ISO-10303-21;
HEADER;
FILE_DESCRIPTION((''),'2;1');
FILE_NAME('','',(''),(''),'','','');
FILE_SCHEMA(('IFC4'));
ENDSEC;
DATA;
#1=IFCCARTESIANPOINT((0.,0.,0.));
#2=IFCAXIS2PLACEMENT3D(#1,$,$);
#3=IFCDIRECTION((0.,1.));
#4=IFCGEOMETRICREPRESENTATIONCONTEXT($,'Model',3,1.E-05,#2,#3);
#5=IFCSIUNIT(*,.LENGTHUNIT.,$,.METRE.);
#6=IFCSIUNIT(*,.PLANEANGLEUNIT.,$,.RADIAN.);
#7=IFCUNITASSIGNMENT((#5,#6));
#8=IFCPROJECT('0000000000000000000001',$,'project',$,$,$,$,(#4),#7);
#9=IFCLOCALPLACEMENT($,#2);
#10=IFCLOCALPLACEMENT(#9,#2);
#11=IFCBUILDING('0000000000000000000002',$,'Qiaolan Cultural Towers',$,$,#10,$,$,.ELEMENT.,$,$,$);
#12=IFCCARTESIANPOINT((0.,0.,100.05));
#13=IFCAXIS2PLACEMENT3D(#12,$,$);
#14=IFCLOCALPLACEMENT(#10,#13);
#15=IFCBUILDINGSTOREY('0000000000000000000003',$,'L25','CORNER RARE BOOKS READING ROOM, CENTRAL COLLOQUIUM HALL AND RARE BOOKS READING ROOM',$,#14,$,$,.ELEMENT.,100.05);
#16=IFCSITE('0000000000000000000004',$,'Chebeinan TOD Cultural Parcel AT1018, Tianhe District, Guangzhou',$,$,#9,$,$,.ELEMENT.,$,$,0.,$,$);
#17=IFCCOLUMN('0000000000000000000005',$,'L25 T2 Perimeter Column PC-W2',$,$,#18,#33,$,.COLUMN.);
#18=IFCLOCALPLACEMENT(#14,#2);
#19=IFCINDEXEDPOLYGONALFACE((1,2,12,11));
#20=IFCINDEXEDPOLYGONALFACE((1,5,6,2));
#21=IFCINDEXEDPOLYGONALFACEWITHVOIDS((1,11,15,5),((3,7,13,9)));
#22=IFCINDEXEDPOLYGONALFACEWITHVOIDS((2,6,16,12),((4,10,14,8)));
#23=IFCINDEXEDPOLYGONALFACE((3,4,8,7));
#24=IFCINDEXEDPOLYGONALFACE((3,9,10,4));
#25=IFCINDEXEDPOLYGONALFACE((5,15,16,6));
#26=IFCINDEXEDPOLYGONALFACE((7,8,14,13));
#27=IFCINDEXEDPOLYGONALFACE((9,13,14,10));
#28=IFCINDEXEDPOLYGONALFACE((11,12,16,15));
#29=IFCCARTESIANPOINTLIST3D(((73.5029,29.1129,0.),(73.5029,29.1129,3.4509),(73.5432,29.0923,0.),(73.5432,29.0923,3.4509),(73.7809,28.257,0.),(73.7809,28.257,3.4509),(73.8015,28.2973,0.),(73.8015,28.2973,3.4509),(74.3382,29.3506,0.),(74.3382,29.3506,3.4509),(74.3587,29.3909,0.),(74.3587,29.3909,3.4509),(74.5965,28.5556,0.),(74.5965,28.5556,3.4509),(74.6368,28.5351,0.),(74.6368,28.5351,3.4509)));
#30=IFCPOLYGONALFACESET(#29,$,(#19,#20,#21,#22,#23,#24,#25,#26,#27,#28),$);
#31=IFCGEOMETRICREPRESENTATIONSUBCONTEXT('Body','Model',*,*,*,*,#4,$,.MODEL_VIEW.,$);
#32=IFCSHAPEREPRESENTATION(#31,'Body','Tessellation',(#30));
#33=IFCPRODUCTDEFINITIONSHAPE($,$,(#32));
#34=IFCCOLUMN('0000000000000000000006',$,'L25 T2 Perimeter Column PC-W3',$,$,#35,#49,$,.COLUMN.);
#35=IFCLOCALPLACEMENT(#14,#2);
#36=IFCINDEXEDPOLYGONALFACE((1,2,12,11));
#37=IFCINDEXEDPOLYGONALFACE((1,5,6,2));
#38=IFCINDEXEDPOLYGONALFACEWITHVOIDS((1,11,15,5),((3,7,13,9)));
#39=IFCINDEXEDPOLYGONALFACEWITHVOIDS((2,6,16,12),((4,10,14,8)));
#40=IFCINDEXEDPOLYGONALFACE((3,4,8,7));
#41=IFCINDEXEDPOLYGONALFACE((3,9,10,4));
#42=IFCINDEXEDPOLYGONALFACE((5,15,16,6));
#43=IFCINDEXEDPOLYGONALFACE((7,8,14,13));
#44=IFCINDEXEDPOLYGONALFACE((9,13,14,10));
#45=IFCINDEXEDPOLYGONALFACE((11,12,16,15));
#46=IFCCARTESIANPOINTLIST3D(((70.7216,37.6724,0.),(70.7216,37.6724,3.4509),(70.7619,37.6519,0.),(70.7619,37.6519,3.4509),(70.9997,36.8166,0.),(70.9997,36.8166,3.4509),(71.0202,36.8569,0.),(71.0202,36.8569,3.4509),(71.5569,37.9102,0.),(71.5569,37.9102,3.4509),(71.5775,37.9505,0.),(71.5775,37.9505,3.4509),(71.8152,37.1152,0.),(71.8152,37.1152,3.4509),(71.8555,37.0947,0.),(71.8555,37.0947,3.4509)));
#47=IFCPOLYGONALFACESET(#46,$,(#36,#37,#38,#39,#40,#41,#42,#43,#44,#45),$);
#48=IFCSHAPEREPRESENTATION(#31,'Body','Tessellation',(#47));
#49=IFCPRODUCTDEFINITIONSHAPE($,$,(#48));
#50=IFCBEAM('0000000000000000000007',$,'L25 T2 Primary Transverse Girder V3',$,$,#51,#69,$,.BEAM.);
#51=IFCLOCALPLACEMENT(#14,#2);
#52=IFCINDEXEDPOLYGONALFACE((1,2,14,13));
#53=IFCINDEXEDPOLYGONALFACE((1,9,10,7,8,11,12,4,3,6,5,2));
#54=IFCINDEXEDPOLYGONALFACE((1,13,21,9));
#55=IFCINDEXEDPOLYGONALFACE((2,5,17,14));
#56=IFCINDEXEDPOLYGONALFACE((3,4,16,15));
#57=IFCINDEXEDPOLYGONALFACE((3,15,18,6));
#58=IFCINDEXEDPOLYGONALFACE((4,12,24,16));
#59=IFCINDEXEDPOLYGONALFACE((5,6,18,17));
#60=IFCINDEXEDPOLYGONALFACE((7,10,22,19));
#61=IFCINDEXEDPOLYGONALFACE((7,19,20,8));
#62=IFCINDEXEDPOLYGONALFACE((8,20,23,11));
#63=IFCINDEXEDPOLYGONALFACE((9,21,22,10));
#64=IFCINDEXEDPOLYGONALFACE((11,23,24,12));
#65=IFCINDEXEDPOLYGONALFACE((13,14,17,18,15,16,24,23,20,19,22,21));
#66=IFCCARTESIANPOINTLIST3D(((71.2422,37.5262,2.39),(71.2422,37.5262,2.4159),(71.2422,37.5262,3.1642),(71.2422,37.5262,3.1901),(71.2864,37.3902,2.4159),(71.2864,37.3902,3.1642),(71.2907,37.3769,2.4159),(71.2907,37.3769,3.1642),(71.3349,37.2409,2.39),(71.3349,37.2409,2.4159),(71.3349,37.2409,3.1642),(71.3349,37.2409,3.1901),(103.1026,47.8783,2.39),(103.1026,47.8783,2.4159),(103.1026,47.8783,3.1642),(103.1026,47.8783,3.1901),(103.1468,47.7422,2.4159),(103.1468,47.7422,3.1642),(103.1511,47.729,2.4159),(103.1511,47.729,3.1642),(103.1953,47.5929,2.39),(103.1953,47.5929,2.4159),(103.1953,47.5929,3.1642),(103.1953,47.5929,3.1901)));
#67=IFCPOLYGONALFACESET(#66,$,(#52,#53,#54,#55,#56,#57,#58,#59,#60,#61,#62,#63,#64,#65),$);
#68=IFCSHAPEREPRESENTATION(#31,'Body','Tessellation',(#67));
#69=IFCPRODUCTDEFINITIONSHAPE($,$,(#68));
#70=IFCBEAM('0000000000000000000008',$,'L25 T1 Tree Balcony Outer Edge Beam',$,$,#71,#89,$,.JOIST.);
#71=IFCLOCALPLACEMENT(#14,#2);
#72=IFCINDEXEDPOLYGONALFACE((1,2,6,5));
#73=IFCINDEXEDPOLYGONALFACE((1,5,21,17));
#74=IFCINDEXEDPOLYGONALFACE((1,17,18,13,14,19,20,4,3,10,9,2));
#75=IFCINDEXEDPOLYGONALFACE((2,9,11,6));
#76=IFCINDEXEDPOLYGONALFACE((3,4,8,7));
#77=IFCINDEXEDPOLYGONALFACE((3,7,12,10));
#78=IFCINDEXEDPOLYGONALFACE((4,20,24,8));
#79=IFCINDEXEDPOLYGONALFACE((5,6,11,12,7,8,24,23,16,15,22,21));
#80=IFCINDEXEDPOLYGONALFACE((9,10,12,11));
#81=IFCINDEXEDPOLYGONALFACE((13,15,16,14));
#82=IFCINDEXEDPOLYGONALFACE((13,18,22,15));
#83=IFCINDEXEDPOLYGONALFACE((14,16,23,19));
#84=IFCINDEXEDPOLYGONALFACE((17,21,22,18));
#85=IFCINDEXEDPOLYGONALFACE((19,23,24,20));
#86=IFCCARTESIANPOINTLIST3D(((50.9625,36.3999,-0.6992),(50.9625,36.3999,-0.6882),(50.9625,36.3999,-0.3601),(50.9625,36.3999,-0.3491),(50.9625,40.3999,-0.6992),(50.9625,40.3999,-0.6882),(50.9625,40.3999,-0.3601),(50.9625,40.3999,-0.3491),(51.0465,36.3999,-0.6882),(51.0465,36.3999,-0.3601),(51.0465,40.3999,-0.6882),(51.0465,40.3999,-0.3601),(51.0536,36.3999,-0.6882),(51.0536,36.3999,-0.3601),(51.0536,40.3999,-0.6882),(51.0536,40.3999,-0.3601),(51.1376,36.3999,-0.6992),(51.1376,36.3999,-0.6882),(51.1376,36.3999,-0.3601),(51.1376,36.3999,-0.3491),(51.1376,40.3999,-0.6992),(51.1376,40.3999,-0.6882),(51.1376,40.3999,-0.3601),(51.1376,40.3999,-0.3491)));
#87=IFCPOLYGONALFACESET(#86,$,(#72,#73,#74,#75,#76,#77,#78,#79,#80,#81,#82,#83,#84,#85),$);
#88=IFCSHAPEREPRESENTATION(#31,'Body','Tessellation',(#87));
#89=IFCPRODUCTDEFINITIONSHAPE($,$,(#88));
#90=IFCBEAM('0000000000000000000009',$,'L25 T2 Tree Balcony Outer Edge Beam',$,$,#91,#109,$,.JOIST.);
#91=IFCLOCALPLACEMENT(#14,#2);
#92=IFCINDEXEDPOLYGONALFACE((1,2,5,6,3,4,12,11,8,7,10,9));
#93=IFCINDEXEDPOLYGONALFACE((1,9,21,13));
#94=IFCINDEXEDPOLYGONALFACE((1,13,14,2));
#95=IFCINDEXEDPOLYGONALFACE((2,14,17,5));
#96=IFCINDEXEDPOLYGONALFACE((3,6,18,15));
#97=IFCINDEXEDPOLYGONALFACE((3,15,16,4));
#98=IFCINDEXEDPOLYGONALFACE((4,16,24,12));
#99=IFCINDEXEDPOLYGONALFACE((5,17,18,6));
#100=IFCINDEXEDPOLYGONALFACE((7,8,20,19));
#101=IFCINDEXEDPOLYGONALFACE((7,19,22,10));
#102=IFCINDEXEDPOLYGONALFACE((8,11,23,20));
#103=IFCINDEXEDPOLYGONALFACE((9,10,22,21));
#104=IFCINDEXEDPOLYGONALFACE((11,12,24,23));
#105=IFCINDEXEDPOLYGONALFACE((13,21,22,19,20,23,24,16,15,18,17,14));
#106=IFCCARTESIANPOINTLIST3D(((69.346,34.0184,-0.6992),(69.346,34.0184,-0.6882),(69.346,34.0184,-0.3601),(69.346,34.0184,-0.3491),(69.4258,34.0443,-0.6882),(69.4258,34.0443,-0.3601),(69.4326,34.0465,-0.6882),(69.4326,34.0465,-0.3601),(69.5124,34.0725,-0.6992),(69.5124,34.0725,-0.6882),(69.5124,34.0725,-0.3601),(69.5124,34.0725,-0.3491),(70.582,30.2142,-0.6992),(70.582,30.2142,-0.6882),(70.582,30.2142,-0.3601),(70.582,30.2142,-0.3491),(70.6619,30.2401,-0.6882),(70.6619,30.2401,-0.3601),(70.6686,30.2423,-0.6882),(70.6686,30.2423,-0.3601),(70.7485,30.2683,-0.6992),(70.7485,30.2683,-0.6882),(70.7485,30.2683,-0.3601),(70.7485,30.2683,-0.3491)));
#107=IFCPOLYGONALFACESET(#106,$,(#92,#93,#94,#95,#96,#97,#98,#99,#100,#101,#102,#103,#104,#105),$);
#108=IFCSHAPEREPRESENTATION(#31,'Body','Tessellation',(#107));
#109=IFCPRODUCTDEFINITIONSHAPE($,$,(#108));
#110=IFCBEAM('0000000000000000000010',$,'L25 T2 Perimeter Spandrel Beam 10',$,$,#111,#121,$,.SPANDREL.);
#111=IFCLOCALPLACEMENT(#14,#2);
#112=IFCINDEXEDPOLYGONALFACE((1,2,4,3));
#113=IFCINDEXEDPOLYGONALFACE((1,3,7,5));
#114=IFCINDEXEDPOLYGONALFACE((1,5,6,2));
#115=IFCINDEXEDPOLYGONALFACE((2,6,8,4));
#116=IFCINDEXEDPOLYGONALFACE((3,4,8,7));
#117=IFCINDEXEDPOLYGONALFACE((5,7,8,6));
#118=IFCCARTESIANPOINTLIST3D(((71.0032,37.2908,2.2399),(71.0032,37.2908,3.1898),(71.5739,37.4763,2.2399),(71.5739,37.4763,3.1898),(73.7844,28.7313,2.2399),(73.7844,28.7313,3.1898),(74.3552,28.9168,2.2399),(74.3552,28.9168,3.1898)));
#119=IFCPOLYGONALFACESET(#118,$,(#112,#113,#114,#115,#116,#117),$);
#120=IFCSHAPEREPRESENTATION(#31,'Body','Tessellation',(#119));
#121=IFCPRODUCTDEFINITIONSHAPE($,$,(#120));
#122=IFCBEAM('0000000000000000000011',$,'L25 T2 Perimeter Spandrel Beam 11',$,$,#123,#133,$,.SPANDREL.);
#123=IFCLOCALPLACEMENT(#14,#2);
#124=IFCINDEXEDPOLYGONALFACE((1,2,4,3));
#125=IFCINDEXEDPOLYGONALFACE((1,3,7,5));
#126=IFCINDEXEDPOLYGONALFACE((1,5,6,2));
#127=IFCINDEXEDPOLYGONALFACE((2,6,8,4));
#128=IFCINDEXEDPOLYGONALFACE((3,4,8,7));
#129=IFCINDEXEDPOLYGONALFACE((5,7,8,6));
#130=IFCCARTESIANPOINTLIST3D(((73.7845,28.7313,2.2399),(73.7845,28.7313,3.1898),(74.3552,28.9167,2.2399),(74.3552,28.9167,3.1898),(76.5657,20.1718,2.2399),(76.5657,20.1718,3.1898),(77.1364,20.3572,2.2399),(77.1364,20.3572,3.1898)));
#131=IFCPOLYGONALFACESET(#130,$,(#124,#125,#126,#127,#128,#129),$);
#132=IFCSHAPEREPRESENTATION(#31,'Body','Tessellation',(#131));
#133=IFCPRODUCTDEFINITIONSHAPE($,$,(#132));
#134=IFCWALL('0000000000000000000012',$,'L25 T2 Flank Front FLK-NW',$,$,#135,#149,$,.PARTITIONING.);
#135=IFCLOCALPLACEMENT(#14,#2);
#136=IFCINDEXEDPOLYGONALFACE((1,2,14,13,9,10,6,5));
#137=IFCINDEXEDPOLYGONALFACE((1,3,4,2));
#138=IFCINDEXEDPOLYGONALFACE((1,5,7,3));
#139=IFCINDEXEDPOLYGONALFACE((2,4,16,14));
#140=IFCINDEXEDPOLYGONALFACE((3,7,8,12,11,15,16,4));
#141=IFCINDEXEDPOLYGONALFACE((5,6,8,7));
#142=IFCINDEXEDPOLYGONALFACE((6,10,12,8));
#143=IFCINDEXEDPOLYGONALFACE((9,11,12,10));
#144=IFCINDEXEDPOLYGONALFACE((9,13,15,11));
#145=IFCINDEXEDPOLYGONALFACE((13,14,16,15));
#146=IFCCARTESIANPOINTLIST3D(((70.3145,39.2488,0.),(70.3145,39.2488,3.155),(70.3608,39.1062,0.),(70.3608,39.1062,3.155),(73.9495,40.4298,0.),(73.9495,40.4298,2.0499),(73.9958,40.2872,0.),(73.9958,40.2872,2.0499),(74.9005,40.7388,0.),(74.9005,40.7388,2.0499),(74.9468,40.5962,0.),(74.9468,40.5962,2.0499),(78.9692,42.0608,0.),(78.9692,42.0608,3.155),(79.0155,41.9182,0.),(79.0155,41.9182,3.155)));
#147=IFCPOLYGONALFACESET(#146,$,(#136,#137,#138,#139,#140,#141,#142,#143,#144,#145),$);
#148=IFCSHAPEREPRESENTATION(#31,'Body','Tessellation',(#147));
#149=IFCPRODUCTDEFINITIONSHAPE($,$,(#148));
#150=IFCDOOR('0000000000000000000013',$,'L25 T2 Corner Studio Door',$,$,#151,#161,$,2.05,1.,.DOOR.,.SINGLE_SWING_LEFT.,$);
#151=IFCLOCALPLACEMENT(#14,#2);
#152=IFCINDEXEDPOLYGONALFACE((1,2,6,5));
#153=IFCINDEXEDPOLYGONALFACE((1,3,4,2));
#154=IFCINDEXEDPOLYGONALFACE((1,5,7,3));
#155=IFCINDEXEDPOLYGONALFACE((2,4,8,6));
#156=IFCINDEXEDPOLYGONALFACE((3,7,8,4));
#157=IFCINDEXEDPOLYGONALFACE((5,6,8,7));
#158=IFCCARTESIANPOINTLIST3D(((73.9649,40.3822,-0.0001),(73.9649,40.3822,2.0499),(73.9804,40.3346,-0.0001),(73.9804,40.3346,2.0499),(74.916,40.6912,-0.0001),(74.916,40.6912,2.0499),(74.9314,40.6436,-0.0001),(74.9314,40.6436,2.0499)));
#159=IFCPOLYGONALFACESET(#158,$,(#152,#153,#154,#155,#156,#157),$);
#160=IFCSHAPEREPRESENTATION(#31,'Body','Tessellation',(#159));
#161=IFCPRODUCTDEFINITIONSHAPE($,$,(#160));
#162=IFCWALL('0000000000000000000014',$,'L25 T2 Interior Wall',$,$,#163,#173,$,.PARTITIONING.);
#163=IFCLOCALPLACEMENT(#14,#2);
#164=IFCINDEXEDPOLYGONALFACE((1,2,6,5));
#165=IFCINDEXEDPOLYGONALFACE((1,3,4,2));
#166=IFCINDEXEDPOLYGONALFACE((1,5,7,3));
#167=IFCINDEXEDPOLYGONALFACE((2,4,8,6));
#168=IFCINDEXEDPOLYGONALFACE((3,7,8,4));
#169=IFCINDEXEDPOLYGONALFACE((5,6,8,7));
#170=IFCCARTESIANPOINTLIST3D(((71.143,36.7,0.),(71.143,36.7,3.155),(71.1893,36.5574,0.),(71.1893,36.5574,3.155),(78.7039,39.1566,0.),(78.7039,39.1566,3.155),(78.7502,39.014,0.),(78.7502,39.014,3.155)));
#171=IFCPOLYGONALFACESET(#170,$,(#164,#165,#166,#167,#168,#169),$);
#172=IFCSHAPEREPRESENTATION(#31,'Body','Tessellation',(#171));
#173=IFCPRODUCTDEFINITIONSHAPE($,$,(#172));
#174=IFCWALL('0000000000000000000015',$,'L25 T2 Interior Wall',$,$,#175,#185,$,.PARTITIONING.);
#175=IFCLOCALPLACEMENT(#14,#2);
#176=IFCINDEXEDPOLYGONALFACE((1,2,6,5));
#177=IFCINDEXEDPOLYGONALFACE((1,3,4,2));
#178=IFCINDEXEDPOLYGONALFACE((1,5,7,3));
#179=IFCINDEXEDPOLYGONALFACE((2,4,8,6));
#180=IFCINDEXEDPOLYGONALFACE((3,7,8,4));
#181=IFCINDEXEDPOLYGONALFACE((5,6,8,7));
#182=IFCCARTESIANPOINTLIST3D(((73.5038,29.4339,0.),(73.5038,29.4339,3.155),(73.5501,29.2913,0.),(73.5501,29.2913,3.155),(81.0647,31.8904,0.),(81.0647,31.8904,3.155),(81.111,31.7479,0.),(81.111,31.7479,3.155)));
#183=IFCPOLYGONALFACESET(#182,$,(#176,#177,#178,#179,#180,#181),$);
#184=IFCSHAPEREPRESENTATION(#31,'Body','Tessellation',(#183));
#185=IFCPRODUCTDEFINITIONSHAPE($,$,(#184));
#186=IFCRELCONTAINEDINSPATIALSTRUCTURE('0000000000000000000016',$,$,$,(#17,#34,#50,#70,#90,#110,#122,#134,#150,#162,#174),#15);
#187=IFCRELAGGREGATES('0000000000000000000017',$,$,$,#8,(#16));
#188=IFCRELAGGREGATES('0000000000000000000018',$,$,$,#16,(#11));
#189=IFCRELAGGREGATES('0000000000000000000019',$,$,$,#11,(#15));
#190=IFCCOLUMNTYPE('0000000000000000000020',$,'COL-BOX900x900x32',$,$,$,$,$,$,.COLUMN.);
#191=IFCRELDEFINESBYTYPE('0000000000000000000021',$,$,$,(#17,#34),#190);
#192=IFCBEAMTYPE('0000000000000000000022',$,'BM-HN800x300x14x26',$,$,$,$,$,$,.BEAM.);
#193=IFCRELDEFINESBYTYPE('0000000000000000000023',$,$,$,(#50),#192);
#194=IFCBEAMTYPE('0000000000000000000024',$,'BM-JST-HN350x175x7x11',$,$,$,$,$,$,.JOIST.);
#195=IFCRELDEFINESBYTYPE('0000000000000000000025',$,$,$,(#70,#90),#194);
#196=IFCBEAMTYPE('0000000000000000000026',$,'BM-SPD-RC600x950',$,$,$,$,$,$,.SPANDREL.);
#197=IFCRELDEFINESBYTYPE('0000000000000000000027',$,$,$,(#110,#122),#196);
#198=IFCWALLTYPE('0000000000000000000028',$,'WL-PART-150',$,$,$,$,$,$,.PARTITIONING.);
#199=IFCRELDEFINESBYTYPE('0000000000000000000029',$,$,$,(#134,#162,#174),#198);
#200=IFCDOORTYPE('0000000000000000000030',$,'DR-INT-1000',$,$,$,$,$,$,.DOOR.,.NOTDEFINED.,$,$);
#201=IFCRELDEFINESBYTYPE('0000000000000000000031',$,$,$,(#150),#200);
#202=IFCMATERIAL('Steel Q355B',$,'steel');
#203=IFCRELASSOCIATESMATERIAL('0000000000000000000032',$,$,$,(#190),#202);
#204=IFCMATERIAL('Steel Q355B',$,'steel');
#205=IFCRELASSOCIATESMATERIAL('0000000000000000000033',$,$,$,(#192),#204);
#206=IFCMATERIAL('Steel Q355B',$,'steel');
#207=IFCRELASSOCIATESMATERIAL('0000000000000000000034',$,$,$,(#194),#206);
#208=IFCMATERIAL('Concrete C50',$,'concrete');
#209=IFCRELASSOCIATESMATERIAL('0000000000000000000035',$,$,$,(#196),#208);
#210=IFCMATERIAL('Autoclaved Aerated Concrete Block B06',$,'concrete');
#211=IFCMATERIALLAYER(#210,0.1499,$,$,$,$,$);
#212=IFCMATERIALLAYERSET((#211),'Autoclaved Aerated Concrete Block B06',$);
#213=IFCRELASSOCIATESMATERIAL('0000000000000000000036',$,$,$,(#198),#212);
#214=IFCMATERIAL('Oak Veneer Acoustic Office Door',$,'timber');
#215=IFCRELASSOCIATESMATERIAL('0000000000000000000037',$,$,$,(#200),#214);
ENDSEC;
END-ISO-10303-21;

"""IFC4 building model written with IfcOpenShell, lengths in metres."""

from ifc_helpers import new_model, si_unit, direction, frame, frame_2d, origin, origin_2d, place, context, subcontext, project, spatial, rectangle, hollow_rectangle, i_section, extrude, material, layer, layer_set, material_profile, profile_set, type_object, element, fill, save


model = new_model("IFC4")

# Units and contexts
model_context = context("Model", 3, precision=1e-05, world=origin(), true_north=direction((0.0, 1.0)))
body_context = subcontext(model_context, "Body", "Model", "MODEL_VIEW")
ifc_project = project(units=[si_unit("LENGTHUNIT", "METRE"), si_unit("PLANEANGLEUNIT", "RADIAN")], contexts=[model_context])

# Site, building, storey
site_placement = place(None, origin())
site = spatial("IfcSite", under=ifc_project, at=site_placement, Name="Chebeinan TOD Cultural Parcel AT1018, Tianhe District, Guangzhou", CompositionType="ELEMENT", RefElevation=0.0)
building_placement = place(site_placement, origin())
building = spatial("IfcBuilding", under=site, at=building_placement, Name="Qiaolan Cultural Towers", CompositionType="ELEMENT")
storey_placement = place(building_placement, frame((0.0, 0.0, 100.05)))
storey = spatial("IfcBuildingStorey", under=building, at=storey_placement, Name="L25", Description="CORNER RARE BOOKS READING ROOM, CENTRAL COLLOQUIUM HALL AND RARE BOOKS READING ROOM", CompositionType="ELEMENT", Elevation=100.05)

# Columns
ifc_material_1 = material(Name="Steel Q355B", Category="steel")
ifc_material_profile_1 = material_profile(ifc_material_1, hollow_rectangle(XDim=0.8999, YDim=0.8999, WallThickness=0.032, at=origin_2d()), Name="BOX900x900x32")
ifc_profile_set_1 = profile_set([ifc_material_profile_1], Name="Steel Q355B")
column_type = type_object("IfcColumnType", Name="COL-BOX900x900x32", PredefinedType="COLUMN", material=ifc_profile_set_1)
for number, where, z_axis, x_axis, name in (
    (1, (74.0698, 28.824, 0.0), (0.0, 0.0, 1.0), (0.951057, 0.309017, 0.0), "L25 T2 Perimeter Column PC-W2"),
    (2, (71.2886, 37.3835, 0.0), (0.0, 0.0, 1.0), (0.951057, 0.309017, 0.0), "L25 T2 Perimeter Column PC-W3"),
):
    element("IfcColumn", number, at=place(storey_placement, frame(where, z_axis=z_axis, x_axis=x_axis)), inside=storey, type_object=column_type, Name=name, PredefinedType="COLUMN", context=body_context, shape_type="SweptSolid", body=[
        extrude(hollow_rectangle(XDim=0.8999, YDim=0.8999, WallThickness=0.032, at=origin_2d()), origin(), (0.0, 0.0, 1.0), 3.4509),
    ])

# Beams
ifc_material_2 = material(Name="Steel Q355B", Category="steel")
ifc_material_profile_2 = material_profile(ifc_material_2, i_section(OverallWidth=0.3, OverallDepth=0.8, WebThickness=0.0139, FlangeThickness=0.0259, at=origin_2d()), Name="HN800x300x14x26")
ifc_profile_set_2 = profile_set([ifc_material_profile_2], Name="Steel Q355B")
beam_type_1 = type_object("IfcBeamType", Name="BM-HN800x300x14x26", PredefinedType="BEAM", material=ifc_profile_set_2)
beam_placement = place(storey_placement, frame((71.2886, 37.3835, 2.79), z_axis=(0.951057, 0.309017, 0.0), x_axis=(-0.309017, 0.951057, 0.0)))
element("IfcBeam", 3, at=beam_placement, inside=storey, type_object=beam_type_1, Name="L25 T2 Primary Transverse Girder V3", PredefinedType="BEAM", context=body_context, shape_type="SweptSolid", body=[
    extrude(i_section(OverallWidth=0.3, OverallDepth=0.8, WebThickness=0.0139, FlangeThickness=0.0259, at=origin_2d()), origin(), (0.0, 0.0, 1.0), 33.5),
])
ifc_material_3 = material(Name="Steel Q355B", Category="steel")
ifc_material_profile_3 = material_profile(ifc_material_3, i_section(OverallWidth=0.175, OverallDepth=0.3501, WebThickness=0.0071, FlangeThickness=0.011, at=origin_2d()), Name="HN350x175x7x11")
ifc_profile_set_3 = profile_set([ifc_material_profile_3], Name="Steel Q355B")
beam_type_2 = type_object("IfcBeamType", Name="BM-JST-HN350x175x7x11", PredefinedType="JOIST", material=ifc_profile_set_3)
for number, where, z_axis, x_axis, name in (
    (4, (51.05, 36.3999, -0.5242), (0.0, 1.0, 0.0), (-1.0, 0.0, 0.0), "L25 T1 Tree Balcony Outer Edge Beam"),
    (5, (70.6653, 30.2412, -0.5242), (-0.309023, 0.951055, 0.0), (-0.951055, -0.309023, 0.0), "L25 T2 Tree Balcony Outer Edge Beam"),
):
    element("IfcBeam", number, at=place(storey_placement, frame(where, z_axis=z_axis, x_axis=x_axis)), inside=storey, type_object=beam_type_2, Name=name, PredefinedType="JOIST", context=body_context, shape_type="SweptSolid", body=[
        extrude(i_section(OverallWidth=0.175, OverallDepth=0.3501, WebThickness=0.0071, FlangeThickness=0.011, at=origin_2d()), origin(), (0.0, 0.0, 1.0), 4.0),
    ])
ifc_material_4 = material(Name="Concrete C50", Category="concrete")
ifc_material_profile_4 = material_profile(ifc_material_4, rectangle(XDim=0.6001, YDim=0.95, at=origin_2d()), Name="RC600x950")
ifc_profile_set_4 = profile_set([ifc_material_profile_4], Name="Concrete C50")
beam_type_3 = type_object("IfcBeamType", Name="BM-SPD-RC600x950", PredefinedType="SPANDREL", material=ifc_profile_set_4)
for number, where, z_axis, x_axis, name in (
    (6, (71.2886, 37.3835, 2.7148), (0.309025, -0.951054, 0.0), (0.951054, 0.309025, 0.0), "L25 T2 Perimeter Spandrel Beam 10"),
    (7, (74.0698, 28.824, 2.7148), (0.309025, -0.951054, 0.0), (0.951054, 0.309025, 0.0), "L25 T2 Perimeter Spandrel Beam 11"),
):
    element("IfcBeam", number, at=place(storey_placement, frame(where, z_axis=z_axis, x_axis=x_axis)), inside=storey, type_object=beam_type_3, Name=name, PredefinedType="SPANDREL", context=body_context, shape_type="SweptSolid", body=[
        extrude(rectangle(XDim=0.6001, YDim=0.95, at=origin_2d()), origin(), (0.0, 0.0, 1.0), 9.0),
    ])

# Wall, opening, door
ifc_material_5 = material(Name="Autoclaved Aerated Concrete Block B06", Category="concrete")
ifc_layer_1 = layer(ifc_material_5, 0.1499)
ifc_layer_set_1 = layer_set([ifc_layer_1], Name="Autoclaved Aerated Concrete Block B06")
wall_type_1 = type_object("IfcWallType", Name="WL-PART-150", PredefinedType="PARTITIONING", material=ifc_layer_set_1)
wall_placement = place(storey_placement, frame((70.3376, 39.1775, 0.0), z_axis=(0.0, 0.0, 1.0), x_axis=(0.95106, 0.309007, 0.0)))
wall = element("IfcWall", 8, at=wall_placement, inside=storey, type_object=wall_type_1, Name="L25 T2 Flank Front FLK-NW", PredefinedType="PARTITIONING", context=body_context, shape_type="SweptSolid", body=[
    extrude(rectangle(XDim=9.1001, YDim=0.1499, at=frame_2d((4.55, 0.0))), origin(), (0.0, 0.0, 1.0), 3.155),
])
opening_placement = place(wall_placement, frame((3.822, 0.0, 0.0)))
opening = element("IfcOpeningElement", 9, at=opening_placement, cuts=wall, PredefinedType="OPENING", context=body_context, shape_type="SweptSolid", body=[
    extrude(rectangle(XDim=1.0, YDim=2.05, at=frame_2d((0.5, 1.0249))), frame((0.0, 0.085, 0.0), z_axis=(0.0, -1.0, 0.0), x_axis=(1.0, 0.0, 0.0)), (0.0, 0.0, 1.0), 0.1699),
])
ifc_material_6 = material(Name="Oak Veneer Acoustic Office Door", Category="timber")
door_type = type_object("IfcDoorType", Name="DR-INT-1000", OperationType="NOTDEFINED", PredefinedType="DOOR", material=ifc_material_6)
door_placement = place(opening_placement, origin())
door = element("IfcDoor", 10, at=door_placement, inside=storey, type_object=door_type, Name="L25 T2 Corner Studio Door", OperationType="SINGLE_SWING_LEFT", OverallHeight=2.05, OverallWidth=1.0, PredefinedType="DOOR", context=body_context, shape_type="SweptSolid", body=[
    extrude(rectangle(XDim=1.0, YDim=2.05, at=frame_2d((0.5, 1.0249))), frame((0.0, 0.0249, 0.0), z_axis=(0.0, -1.0, 0.0), x_axis=(1.0, 0.0, 0.0)), (0.0, 0.0, 1.0), 0.05),
])
fill(opening, door)

# Walls
for number, where, z_axis, x_axis, name in (
    (11, (71.166, 36.6287, 0.0), (0.0, 0.0, 1.0), (0.95106, 0.309005, 0.0), "L25 T2 Interior Wall"),
    (12, (73.5269, 29.3625, 0.0), (0.0, 0.0, 1.0), (0.95106, 0.309005, 0.0), "L25 T2 Interior Wall"),
):
    element("IfcWall", number, at=place(storey_placement, frame(where, z_axis=z_axis, x_axis=x_axis)), inside=storey, type_object=wall_type_1, Name=name, PredefinedType="PARTITIONING", context=body_context, shape_type="SweptSolid", body=[
        extrude(rectangle(XDim=7.95, YDim=0.1499, at=frame_2d((3.9751, 0.0))), origin(), (0.0, 0.0, 1.0), 3.155),
    ])

save(model, "model.ifc")
